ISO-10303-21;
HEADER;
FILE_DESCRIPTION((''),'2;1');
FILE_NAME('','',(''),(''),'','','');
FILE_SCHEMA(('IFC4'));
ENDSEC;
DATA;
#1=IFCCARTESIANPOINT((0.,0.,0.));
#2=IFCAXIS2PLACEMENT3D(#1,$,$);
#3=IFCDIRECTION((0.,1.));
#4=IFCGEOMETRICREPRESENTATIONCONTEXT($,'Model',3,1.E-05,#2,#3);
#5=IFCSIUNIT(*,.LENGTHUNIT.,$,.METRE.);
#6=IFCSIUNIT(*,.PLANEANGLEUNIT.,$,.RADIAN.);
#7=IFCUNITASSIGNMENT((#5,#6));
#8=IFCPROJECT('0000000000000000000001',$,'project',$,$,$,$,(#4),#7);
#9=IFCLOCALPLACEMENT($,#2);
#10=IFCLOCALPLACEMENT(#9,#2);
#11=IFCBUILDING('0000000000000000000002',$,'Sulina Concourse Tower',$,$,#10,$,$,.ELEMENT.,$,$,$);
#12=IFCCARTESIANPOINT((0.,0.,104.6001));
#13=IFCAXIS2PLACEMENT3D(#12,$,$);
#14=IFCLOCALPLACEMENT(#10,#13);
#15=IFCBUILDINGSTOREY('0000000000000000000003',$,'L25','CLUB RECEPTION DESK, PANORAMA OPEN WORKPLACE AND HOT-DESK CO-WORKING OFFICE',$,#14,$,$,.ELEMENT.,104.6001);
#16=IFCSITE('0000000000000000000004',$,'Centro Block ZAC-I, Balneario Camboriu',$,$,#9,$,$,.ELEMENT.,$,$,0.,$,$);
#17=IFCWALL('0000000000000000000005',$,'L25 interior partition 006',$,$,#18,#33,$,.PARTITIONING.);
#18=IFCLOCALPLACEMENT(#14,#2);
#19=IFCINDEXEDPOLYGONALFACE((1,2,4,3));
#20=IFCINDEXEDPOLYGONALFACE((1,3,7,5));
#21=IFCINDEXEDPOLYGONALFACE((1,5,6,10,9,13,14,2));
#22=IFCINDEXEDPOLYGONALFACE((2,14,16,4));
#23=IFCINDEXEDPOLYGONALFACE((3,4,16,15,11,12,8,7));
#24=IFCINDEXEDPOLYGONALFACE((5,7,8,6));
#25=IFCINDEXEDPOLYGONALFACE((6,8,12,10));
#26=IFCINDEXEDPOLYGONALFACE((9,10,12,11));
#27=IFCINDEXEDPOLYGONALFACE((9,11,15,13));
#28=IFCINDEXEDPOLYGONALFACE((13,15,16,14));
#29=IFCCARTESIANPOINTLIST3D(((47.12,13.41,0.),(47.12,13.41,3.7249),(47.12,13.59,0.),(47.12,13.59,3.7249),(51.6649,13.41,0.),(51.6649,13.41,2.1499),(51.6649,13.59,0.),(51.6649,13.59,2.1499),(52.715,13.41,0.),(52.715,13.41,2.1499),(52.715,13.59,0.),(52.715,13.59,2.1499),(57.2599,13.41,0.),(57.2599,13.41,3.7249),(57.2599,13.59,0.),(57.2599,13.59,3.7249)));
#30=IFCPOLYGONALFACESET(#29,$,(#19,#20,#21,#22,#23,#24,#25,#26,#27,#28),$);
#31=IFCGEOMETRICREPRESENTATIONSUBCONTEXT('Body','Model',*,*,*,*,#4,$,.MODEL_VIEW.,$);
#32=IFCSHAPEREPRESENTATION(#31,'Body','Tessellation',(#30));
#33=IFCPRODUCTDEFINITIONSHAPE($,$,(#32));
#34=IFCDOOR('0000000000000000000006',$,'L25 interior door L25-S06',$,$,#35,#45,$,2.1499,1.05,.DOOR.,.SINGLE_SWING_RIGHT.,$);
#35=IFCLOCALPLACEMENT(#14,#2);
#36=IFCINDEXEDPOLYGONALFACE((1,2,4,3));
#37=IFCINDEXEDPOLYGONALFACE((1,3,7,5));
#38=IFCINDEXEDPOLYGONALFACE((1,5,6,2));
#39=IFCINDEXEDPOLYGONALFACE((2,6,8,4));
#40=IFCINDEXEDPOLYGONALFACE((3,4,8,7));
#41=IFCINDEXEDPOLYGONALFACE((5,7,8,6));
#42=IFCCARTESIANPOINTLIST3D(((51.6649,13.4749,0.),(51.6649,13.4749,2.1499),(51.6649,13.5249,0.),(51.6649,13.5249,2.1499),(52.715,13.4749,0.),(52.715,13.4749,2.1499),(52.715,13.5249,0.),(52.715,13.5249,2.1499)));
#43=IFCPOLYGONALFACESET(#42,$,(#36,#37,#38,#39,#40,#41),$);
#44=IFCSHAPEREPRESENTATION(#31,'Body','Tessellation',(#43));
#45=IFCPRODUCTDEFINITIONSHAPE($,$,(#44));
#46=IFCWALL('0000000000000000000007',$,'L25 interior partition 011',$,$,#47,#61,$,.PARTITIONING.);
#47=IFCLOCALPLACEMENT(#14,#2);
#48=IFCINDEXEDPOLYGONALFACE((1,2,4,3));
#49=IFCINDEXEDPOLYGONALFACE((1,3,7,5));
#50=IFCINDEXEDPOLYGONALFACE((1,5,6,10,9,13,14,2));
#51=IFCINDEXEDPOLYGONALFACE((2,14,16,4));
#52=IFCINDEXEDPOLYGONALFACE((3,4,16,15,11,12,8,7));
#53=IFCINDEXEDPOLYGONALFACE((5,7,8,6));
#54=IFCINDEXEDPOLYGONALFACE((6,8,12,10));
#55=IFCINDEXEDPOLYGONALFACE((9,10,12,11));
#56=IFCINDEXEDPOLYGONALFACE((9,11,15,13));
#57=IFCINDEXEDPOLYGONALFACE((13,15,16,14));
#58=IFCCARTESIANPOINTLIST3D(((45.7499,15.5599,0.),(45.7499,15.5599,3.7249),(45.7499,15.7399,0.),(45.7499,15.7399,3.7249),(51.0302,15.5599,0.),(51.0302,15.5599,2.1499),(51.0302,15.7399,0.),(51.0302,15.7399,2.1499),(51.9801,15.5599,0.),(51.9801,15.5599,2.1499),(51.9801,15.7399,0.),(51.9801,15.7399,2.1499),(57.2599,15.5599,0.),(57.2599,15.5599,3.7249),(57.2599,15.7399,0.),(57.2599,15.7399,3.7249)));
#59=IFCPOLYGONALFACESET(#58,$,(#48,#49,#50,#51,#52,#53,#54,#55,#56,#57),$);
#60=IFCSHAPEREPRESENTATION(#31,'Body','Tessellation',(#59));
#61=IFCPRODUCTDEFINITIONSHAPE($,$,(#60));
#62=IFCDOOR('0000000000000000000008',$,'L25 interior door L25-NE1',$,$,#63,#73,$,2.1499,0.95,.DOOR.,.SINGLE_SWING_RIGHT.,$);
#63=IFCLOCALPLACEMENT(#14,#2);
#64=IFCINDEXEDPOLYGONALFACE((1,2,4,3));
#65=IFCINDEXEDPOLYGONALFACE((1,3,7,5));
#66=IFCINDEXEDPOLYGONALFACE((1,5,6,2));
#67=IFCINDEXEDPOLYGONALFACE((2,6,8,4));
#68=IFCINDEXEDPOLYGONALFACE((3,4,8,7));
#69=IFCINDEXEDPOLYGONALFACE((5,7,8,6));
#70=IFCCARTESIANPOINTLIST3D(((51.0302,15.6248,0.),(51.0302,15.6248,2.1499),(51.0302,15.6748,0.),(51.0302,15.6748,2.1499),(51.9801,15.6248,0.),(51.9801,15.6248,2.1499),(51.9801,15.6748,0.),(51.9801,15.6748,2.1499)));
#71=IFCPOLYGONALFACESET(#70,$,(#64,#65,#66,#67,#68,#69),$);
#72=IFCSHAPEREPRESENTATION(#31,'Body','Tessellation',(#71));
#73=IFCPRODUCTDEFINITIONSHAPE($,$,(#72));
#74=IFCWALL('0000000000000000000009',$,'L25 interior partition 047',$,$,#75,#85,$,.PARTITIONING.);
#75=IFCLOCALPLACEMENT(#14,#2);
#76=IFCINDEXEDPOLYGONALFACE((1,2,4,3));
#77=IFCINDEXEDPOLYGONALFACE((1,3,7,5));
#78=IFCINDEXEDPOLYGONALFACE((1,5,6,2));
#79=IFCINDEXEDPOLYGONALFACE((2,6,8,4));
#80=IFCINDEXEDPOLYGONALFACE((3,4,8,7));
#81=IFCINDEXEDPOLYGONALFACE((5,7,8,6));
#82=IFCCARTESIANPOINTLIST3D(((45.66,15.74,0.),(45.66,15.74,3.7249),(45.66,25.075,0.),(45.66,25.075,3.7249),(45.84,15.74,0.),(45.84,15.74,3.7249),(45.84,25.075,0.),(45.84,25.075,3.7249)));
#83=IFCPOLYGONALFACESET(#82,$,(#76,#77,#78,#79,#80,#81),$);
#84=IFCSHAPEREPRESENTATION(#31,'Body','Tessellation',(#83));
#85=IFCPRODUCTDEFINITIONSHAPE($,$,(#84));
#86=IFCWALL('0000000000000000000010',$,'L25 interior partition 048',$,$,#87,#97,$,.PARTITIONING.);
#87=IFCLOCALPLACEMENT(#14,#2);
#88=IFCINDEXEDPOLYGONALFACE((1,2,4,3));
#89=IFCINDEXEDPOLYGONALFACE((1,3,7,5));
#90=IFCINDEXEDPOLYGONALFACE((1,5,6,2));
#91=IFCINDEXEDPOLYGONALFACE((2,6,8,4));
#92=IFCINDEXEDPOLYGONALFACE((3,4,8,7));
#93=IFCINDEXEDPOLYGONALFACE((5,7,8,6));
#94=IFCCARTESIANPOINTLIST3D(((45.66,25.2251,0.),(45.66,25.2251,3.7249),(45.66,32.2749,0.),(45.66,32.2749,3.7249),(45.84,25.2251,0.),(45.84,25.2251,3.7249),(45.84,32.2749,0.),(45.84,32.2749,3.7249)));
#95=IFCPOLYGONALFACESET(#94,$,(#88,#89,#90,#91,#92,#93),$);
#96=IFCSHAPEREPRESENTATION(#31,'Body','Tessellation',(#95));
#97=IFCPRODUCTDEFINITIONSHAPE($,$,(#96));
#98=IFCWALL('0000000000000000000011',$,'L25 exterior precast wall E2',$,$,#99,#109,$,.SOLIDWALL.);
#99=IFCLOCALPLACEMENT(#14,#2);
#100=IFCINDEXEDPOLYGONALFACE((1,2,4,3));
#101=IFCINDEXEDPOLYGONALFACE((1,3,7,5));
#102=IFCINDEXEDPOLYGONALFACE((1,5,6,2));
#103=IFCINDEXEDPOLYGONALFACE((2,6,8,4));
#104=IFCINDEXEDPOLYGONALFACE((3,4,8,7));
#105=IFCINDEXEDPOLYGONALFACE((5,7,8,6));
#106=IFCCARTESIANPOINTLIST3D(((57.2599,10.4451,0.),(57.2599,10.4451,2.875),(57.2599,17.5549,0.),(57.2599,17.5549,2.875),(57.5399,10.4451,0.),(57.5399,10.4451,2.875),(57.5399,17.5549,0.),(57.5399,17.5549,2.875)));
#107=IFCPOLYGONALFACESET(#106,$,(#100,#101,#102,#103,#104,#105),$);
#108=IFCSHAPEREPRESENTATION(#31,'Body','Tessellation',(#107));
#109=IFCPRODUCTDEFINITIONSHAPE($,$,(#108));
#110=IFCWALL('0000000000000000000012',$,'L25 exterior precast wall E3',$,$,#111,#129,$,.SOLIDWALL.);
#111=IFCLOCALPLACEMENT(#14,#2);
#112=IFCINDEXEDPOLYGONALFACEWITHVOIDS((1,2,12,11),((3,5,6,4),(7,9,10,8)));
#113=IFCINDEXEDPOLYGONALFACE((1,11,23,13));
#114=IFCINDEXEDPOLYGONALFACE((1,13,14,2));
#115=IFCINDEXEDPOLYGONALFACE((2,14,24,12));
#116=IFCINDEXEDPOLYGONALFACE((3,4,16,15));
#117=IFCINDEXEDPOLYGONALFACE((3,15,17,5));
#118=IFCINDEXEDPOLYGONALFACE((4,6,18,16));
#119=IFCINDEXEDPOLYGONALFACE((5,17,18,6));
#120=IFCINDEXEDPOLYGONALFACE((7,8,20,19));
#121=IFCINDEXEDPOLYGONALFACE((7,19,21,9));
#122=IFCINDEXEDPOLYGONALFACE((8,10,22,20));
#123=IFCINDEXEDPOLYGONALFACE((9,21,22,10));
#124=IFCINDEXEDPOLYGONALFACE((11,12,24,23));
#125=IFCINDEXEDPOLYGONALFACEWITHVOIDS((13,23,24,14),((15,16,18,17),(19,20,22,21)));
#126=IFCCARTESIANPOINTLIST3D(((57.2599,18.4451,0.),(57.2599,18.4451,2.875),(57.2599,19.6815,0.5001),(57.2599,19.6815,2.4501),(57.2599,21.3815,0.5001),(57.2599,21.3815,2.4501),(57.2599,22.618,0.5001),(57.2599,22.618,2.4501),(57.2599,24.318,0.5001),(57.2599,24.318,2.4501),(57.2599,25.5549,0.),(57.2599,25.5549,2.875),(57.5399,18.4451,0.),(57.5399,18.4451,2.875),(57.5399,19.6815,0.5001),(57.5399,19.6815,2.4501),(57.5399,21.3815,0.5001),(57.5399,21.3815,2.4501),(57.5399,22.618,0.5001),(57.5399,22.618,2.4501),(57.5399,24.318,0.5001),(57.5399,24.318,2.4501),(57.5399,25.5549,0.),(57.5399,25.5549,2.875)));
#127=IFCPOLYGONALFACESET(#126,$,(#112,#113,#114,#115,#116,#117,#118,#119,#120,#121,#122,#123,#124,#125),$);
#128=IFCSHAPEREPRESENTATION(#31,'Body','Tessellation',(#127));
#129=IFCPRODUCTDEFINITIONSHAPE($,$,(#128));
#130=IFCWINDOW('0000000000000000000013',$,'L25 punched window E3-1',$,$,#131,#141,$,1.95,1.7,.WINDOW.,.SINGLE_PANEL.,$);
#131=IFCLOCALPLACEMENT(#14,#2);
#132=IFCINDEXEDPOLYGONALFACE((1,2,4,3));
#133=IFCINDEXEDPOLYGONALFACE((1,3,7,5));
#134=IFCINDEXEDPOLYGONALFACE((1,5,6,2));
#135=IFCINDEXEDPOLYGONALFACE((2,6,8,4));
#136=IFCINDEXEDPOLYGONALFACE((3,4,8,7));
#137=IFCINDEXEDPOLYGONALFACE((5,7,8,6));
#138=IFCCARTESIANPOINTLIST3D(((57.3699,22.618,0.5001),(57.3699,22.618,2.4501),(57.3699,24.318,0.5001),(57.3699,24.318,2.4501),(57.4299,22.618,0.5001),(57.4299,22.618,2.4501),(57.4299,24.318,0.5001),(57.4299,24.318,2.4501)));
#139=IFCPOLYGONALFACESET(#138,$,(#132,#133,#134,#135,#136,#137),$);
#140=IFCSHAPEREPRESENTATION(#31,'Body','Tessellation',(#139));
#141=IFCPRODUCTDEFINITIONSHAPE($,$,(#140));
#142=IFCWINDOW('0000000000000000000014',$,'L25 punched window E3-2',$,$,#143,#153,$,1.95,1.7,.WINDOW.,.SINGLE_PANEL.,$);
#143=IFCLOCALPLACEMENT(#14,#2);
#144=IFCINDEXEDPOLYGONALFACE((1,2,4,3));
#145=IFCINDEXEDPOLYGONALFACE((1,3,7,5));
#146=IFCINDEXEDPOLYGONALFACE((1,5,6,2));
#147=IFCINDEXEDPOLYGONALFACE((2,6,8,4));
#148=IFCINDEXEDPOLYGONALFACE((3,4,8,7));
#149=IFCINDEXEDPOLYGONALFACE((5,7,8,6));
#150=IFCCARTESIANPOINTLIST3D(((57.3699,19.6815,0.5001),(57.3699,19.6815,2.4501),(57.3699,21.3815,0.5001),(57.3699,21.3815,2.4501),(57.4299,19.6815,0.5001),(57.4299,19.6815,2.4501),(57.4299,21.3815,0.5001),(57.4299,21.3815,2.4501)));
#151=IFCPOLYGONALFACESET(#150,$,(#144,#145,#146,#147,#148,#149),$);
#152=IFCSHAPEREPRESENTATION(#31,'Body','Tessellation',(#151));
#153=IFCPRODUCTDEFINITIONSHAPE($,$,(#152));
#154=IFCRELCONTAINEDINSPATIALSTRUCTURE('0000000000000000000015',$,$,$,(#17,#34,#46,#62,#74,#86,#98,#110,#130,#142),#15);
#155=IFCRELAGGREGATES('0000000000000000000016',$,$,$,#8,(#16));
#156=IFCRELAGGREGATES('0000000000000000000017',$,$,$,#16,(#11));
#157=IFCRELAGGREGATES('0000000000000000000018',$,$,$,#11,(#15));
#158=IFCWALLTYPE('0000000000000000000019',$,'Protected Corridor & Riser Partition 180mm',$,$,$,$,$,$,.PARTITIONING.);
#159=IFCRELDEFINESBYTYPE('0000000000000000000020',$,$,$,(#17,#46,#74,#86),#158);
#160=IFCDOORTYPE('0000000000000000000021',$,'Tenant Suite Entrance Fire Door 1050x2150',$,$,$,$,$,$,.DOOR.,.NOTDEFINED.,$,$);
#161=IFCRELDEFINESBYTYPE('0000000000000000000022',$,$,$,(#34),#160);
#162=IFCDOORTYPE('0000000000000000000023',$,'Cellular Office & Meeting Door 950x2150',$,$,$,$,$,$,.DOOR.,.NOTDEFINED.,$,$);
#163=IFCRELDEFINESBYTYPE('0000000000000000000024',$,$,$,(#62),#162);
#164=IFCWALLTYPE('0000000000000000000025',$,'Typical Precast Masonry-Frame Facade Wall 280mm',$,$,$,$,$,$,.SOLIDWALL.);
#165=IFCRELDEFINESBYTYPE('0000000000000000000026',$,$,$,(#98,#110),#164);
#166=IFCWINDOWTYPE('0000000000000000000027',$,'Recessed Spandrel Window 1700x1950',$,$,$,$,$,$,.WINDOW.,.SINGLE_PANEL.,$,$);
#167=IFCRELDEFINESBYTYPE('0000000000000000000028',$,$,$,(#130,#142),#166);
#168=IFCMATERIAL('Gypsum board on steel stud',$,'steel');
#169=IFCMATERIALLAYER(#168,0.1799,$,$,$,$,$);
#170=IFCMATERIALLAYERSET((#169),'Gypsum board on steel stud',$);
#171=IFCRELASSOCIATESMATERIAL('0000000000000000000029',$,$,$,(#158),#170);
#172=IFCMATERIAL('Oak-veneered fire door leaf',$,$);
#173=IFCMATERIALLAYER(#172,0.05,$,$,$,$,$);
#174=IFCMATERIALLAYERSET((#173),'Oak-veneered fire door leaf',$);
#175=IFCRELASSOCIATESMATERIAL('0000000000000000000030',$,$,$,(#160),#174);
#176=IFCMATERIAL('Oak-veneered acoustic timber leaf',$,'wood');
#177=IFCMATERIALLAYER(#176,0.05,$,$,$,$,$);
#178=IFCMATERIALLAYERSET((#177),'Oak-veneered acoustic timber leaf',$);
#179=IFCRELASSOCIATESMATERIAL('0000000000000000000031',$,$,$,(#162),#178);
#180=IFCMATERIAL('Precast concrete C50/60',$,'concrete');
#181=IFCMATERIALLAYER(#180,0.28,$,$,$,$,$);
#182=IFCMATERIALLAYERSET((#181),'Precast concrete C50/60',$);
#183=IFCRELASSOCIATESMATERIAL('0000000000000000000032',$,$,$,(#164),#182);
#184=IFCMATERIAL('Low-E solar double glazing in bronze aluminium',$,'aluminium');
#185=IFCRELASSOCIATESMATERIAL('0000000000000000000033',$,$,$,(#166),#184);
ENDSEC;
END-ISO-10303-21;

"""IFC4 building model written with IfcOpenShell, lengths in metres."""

from ifc_helpers import new_model, si_unit, direction, frame, frame_2d, origin, place, context, subcontext, project, spatial, rectangle, extrude, material, layer, layer_set, type_object, element, fill, save


model = new_model("IFC4")

# Units and contexts
model_context = context("Model", 3, precision=1e-05, world=origin(), true_north=direction((0.0, 1.0)))
body_context = subcontext(model_context, "Body", "Model", "MODEL_VIEW")
ifc_project = project(units=[si_unit("LENGTHUNIT", "METRE"), si_unit("PLANEANGLEUNIT", "RADIAN")], contexts=[model_context])

# Site, building, storey
site_placement = place(None, origin())
site = spatial("IfcSite", under=ifc_project, at=site_placement, Name="Centro Block ZAC-I, Balneario Camboriu", CompositionType="ELEMENT", RefElevation=0.0)
building_placement = place(site_placement, origin())
building = spatial("IfcBuilding", under=site, at=building_placement, Name="Sulina Concourse Tower", CompositionType="ELEMENT")
storey_placement = place(building_placement, frame((0.0, 0.0, 104.6001)))
storey = spatial("IfcBuildingStorey", under=building, at=storey_placement, Name="L25", Description="CLUB RECEPTION DESK, PANORAMA OPEN WORKPLACE AND HOT-DESK CO-WORKING OFFICE", CompositionType="ELEMENT", Elevation=104.6001)

# Walls, openings, doors
ifc_material_1 = material(Name="Gypsum board on steel stud", Category="steel")
ifc_layer_1 = layer(ifc_material_1, 0.1799)
ifc_layer_set_1 = layer_set([ifc_layer_1], Name="Gypsum board on steel stud")
wall_type_1 = type_object("IfcWallType", Name="Protected Corridor & Riser Partition 180mm", PredefinedType="PARTITIONING", material=ifc_layer_set_1)
wall_1_placement = place(storey_placement, frame((47.1201, 13.5, 0.0), z_axis=(0.0, 0.0, 1.0), x_axis=(1.0, 0.0, 0.0)))
wall_1 = element("IfcWall", 1, at=wall_1_placement, inside=storey, type_object=wall_type_1, Name="L25 interior partition 006", PredefinedType="PARTITIONING", context=body_context, shape_type="SweptSolid", body=[
    extrude(rectangle(XDim=10.1399, YDim=0.1799, at=frame_2d((5.0698, 0.0))), origin(), (0.0, 0.0, 1.0), 3.7249),
])
opening_1_placement = place(wall_1_placement, frame((4.5449, 0.0, 0.0)))
opening_1 = element("IfcOpeningElement", 2, at=opening_1_placement, cuts=wall_1, PredefinedType="OPENING", context=body_context, shape_type="SweptSolid", body=[
    extrude(rectangle(XDim=1.05, YDim=2.1499, at=frame_2d((0.5249, 1.075))), frame((0.0, 0.0999, 0.0), z_axis=(0.0, -1.0, 0.0), x_axis=(1.0, 0.0, 0.0)), (0.0, 0.0, 1.0), 0.2),
])
ifc_material_2 = material(Name="Oak-veneered fire door leaf")
ifc_layer_2 = layer(ifc_material_2, 0.05)
ifc_layer_set_2 = layer_set([ifc_layer_2], Name="Oak-veneered fire door leaf")
door_type_1 = type_object("IfcDoorType", Name="Tenant Suite Entrance Fire Door 1050x2150", OperationType="NOTDEFINED", PredefinedType="DOOR", material=ifc_layer_set_2)
door_1_placement = place(opening_1_placement, origin())
door_1 = element("IfcDoor", 3, at=door_1_placement, inside=storey, type_object=door_type_1, Name="L25 interior door L25-S06", OperationType="SINGLE_SWING_RIGHT", OverallHeight=2.1499, OverallWidth=1.05, PredefinedType="DOOR", context=body_context, shape_type="SweptSolid", body=[
    extrude(rectangle(XDim=1.05, YDim=2.1499, at=frame_2d((0.5249, 1.075))), frame((0.0, 0.0249, 0.0), z_axis=(0.0, -1.0, 0.0), x_axis=(1.0, 0.0, 0.0)), (0.0, 0.0, 1.0), 0.05),
])
fill(opening_1, door_1)
wall_2_placement = place(storey_placement, frame((45.75, 15.6499, 0.0), z_axis=(0.0, 0.0, 1.0), x_axis=(1.0, 0.0, 0.0)))
wall_2 = element("IfcWall", 4, at=wall_2_placement, inside=storey, type_object=wall_type_1, Name="L25 interior partition 011", PredefinedType="PARTITIONING", context=body_context, shape_type="SweptSolid", body=[
    extrude(rectangle(XDim=11.51, YDim=0.1799, at=frame_2d((5.7549, 0.0))), origin(), (0.0, 0.0, 1.0), 3.7249),
])
opening_2_placement = place(wall_2_placement, frame((5.28, 0.0, 0.0)))
opening_2 = element("IfcOpeningElement", 5, at=opening_2_placement, cuts=wall_2, PredefinedType="OPENING", context=body_context, shape_type="SweptSolid", body=[
    extrude(rectangle(XDim=0.95, YDim=2.1499, at=frame_2d((0.4751, 1.075))), frame((0.0, 0.0999, 0.0), z_axis=(0.0, -1.0, 0.0), x_axis=(1.0, 0.0, 0.0)), (0.0, 0.0, 1.0), 0.2),
])
ifc_material_3 = material(Name="Oak-veneered acoustic timber leaf", Category="wood")
ifc_layer_3 = layer(ifc_material_3, 0.05)
ifc_layer_set_3 = layer_set([ifc_layer_3], Name="Oak-veneered acoustic timber leaf")
door_type_2 = type_object("IfcDoorType", Name="Cellular Office & Meeting Door 950x2150", OperationType="NOTDEFINED", PredefinedType="DOOR", material=ifc_layer_set_3)
door_2_placement = place(opening_2_placement, origin())
door_2 = element("IfcDoor", 6, at=door_2_placement, inside=storey, type_object=door_type_2, Name="L25 interior door L25-NE1", OperationType="SINGLE_SWING_RIGHT", OverallHeight=2.1499, OverallWidth=0.95, PredefinedType="DOOR", context=body_context, shape_type="SweptSolid", body=[
    extrude(rectangle(XDim=0.95, YDim=2.1499, at=frame_2d((0.4751, 1.075))), frame((0.0, 0.0249, 0.0), z_axis=(0.0, -1.0, 0.0), x_axis=(1.0, 0.0, 0.0)), (0.0, 0.0, 1.0), 0.05),
])
fill(opening_2, door_2)

# Walls
wall_3_placement = place(storey_placement, frame((45.75, 15.74, 0.0), z_axis=(0.0, 0.0, 1.0), x_axis=(0.0, 1.0, 0.0)))
element("IfcWall", 7, at=wall_3_placement, inside=storey, type_object=wall_type_1, Name="L25 interior partition 047", PredefinedType="PARTITIONING", context=body_context, shape_type="SweptSolid", body=[
    extrude(rectangle(XDim=9.335, YDim=0.1799, at=frame_2d((4.6675, 0.0))), origin(), (0.0, 0.0, 1.0), 3.7249),
])
wall_4_placement = place(storey_placement, frame((45.75, 25.2251, 0.0), z_axis=(0.0, 0.0, 1.0), x_axis=(0.0, 1.0, 0.0)))
element("IfcWall", 8, at=wall_4_placement, inside=storey, type_object=wall_type_1, Name="L25 interior partition 048", PredefinedType="PARTITIONING", context=body_context, shape_type="SweptSolid", body=[
    extrude(rectangle(XDim=7.0498, YDim=0.1799, at=frame_2d((3.5249, 0.0))), origin(), (0.0, 0.0, 1.0), 3.7249),
])
ifc_material_4 = material(Name="Precast concrete C50/60", Category="concrete")
ifc_layer_4 = layer(ifc_material_4, 0.28)
ifc_layer_set_4 = layer_set([ifc_layer_4], Name="Precast concrete C50/60")
wall_type_2 = type_object("IfcWallType", Name="Typical Precast Masonry-Frame Facade Wall 280mm", PredefinedType="SOLIDWALL", material=ifc_layer_set_4)
wall_5_placement = place(storey_placement, frame((57.3999, 17.5549, 0.0), z_axis=(0.0, 0.0, 1.0), x_axis=(0.0, -1.0, 0.0)))
element("IfcWall", 9, at=wall_5_placement, inside=storey, type_object=wall_type_2, Name="L25 exterior precast wall E2", PredefinedType="SOLIDWALL", context=body_context, shape_type="SweptSolid", body=[
    extrude(rectangle(XDim=7.1099, YDim=0.28, at=frame_2d((3.5549, 0.0))), origin(), (0.0, 0.0, 1.0), 2.875),
])

# Wall, openings, windows
wall_6_placement = place(storey_placement, frame((57.3999, 25.5549, 0.0), z_axis=(0.0, 0.0, 1.0), x_axis=(0.0, -1.0, 0.0)))
wall_6 = element("IfcWall", 10, at=wall_6_placement, inside=storey, type_object=wall_type_2, Name="L25 exterior precast wall E3", PredefinedType="SOLIDWALL", context=body_context, shape_type="SweptSolid", body=[
    extrude(rectangle(XDim=7.1099, YDim=0.28, at=frame_2d((3.5549, 0.0))), origin(), (0.0, 0.0, 1.0), 2.875),
])
opening_3_placement = place(wall_6_placement, frame((1.2368, 0.0, 0.5)))
opening_3 = element("IfcOpeningElement", 11, at=opening_3_placement, cuts=wall_6, PredefinedType="OPENING", context=body_context, shape_type="SweptSolid", body=[
    extrude(rectangle(XDim=1.7, YDim=1.95, at=frame_2d((0.8501, 0.9751))), frame((0.0, 0.1499, 0.0), z_axis=(0.0, -1.0, 0.0), x_axis=(1.0, 0.0, 0.0)), (0.0, 0.0, 1.0), 0.3),
])
opening_4_placement = place(wall_6_placement, frame((4.1733, 0.0, 0.5)))
opening_4 = element("IfcOpeningElement", 12, at=opening_4_placement, cuts=wall_6, PredefinedType="OPENING", context=body_context, shape_type="SweptSolid", body=[
    extrude(rectangle(XDim=1.7, YDim=1.95, at=frame_2d((0.8501, 0.9751))), frame((0.0, 0.1499, 0.0), z_axis=(0.0, -1.0, 0.0), x_axis=(1.0, 0.0, 0.0)), (0.0, 0.0, 1.0), 0.3),
])
ifc_material_5 = material(Name="Low-E solar double glazing in bronze aluminium", Category="aluminium")
window_type = type_object("IfcWindowType", Name="Recessed Spandrel Window 1700x1950", PartitioningType="SINGLE_PANEL", PredefinedType="WINDOW", material=ifc_material_5)
window_1_placement = place(opening_3_placement, origin())
window_1 = element("IfcWindow", 13, at=window_1_placement, inside=storey, type_object=window_type, Name="L25 punched window E3-1", OverallHeight=1.95, OverallWidth=1.7, PartitioningType="SINGLE_PANEL", PredefinedType="WINDOW", context=body_context, shape_type="SweptSolid", body=[
    extrude(rectangle(XDim=1.7, YDim=1.95, at=frame_2d((0.8501, 0.9751))), frame((0.0, 0.03, 0.0), z_axis=(0.0, -1.0, 0.0), x_axis=(1.0, 0.0, 0.0)), (0.0, 0.0, 1.0), 0.0601),
])
fill(opening_3, window_1)
window_2_placement = place(opening_4_placement, origin())
window_2 = element("IfcWindow", 14, at=window_2_placement, inside=storey, type_object=window_type, Name="L25 punched window E3-2", OverallHeight=1.95, OverallWidth=1.7, PartitioningType="SINGLE_PANEL", PredefinedType="WINDOW", context=body_context, shape_type="SweptSolid", body=[
    extrude(rectangle(XDim=1.7, YDim=1.95, at=frame_2d((0.8501, 0.9751))), frame((0.0, 0.03, 0.0), z_axis=(0.0, -1.0, 0.0), x_axis=(1.0, 0.0, 0.0)), (0.0, 0.0, 1.0), 0.0601),
])
fill(opening_4, window_2)

save(model, "model.ifc")
